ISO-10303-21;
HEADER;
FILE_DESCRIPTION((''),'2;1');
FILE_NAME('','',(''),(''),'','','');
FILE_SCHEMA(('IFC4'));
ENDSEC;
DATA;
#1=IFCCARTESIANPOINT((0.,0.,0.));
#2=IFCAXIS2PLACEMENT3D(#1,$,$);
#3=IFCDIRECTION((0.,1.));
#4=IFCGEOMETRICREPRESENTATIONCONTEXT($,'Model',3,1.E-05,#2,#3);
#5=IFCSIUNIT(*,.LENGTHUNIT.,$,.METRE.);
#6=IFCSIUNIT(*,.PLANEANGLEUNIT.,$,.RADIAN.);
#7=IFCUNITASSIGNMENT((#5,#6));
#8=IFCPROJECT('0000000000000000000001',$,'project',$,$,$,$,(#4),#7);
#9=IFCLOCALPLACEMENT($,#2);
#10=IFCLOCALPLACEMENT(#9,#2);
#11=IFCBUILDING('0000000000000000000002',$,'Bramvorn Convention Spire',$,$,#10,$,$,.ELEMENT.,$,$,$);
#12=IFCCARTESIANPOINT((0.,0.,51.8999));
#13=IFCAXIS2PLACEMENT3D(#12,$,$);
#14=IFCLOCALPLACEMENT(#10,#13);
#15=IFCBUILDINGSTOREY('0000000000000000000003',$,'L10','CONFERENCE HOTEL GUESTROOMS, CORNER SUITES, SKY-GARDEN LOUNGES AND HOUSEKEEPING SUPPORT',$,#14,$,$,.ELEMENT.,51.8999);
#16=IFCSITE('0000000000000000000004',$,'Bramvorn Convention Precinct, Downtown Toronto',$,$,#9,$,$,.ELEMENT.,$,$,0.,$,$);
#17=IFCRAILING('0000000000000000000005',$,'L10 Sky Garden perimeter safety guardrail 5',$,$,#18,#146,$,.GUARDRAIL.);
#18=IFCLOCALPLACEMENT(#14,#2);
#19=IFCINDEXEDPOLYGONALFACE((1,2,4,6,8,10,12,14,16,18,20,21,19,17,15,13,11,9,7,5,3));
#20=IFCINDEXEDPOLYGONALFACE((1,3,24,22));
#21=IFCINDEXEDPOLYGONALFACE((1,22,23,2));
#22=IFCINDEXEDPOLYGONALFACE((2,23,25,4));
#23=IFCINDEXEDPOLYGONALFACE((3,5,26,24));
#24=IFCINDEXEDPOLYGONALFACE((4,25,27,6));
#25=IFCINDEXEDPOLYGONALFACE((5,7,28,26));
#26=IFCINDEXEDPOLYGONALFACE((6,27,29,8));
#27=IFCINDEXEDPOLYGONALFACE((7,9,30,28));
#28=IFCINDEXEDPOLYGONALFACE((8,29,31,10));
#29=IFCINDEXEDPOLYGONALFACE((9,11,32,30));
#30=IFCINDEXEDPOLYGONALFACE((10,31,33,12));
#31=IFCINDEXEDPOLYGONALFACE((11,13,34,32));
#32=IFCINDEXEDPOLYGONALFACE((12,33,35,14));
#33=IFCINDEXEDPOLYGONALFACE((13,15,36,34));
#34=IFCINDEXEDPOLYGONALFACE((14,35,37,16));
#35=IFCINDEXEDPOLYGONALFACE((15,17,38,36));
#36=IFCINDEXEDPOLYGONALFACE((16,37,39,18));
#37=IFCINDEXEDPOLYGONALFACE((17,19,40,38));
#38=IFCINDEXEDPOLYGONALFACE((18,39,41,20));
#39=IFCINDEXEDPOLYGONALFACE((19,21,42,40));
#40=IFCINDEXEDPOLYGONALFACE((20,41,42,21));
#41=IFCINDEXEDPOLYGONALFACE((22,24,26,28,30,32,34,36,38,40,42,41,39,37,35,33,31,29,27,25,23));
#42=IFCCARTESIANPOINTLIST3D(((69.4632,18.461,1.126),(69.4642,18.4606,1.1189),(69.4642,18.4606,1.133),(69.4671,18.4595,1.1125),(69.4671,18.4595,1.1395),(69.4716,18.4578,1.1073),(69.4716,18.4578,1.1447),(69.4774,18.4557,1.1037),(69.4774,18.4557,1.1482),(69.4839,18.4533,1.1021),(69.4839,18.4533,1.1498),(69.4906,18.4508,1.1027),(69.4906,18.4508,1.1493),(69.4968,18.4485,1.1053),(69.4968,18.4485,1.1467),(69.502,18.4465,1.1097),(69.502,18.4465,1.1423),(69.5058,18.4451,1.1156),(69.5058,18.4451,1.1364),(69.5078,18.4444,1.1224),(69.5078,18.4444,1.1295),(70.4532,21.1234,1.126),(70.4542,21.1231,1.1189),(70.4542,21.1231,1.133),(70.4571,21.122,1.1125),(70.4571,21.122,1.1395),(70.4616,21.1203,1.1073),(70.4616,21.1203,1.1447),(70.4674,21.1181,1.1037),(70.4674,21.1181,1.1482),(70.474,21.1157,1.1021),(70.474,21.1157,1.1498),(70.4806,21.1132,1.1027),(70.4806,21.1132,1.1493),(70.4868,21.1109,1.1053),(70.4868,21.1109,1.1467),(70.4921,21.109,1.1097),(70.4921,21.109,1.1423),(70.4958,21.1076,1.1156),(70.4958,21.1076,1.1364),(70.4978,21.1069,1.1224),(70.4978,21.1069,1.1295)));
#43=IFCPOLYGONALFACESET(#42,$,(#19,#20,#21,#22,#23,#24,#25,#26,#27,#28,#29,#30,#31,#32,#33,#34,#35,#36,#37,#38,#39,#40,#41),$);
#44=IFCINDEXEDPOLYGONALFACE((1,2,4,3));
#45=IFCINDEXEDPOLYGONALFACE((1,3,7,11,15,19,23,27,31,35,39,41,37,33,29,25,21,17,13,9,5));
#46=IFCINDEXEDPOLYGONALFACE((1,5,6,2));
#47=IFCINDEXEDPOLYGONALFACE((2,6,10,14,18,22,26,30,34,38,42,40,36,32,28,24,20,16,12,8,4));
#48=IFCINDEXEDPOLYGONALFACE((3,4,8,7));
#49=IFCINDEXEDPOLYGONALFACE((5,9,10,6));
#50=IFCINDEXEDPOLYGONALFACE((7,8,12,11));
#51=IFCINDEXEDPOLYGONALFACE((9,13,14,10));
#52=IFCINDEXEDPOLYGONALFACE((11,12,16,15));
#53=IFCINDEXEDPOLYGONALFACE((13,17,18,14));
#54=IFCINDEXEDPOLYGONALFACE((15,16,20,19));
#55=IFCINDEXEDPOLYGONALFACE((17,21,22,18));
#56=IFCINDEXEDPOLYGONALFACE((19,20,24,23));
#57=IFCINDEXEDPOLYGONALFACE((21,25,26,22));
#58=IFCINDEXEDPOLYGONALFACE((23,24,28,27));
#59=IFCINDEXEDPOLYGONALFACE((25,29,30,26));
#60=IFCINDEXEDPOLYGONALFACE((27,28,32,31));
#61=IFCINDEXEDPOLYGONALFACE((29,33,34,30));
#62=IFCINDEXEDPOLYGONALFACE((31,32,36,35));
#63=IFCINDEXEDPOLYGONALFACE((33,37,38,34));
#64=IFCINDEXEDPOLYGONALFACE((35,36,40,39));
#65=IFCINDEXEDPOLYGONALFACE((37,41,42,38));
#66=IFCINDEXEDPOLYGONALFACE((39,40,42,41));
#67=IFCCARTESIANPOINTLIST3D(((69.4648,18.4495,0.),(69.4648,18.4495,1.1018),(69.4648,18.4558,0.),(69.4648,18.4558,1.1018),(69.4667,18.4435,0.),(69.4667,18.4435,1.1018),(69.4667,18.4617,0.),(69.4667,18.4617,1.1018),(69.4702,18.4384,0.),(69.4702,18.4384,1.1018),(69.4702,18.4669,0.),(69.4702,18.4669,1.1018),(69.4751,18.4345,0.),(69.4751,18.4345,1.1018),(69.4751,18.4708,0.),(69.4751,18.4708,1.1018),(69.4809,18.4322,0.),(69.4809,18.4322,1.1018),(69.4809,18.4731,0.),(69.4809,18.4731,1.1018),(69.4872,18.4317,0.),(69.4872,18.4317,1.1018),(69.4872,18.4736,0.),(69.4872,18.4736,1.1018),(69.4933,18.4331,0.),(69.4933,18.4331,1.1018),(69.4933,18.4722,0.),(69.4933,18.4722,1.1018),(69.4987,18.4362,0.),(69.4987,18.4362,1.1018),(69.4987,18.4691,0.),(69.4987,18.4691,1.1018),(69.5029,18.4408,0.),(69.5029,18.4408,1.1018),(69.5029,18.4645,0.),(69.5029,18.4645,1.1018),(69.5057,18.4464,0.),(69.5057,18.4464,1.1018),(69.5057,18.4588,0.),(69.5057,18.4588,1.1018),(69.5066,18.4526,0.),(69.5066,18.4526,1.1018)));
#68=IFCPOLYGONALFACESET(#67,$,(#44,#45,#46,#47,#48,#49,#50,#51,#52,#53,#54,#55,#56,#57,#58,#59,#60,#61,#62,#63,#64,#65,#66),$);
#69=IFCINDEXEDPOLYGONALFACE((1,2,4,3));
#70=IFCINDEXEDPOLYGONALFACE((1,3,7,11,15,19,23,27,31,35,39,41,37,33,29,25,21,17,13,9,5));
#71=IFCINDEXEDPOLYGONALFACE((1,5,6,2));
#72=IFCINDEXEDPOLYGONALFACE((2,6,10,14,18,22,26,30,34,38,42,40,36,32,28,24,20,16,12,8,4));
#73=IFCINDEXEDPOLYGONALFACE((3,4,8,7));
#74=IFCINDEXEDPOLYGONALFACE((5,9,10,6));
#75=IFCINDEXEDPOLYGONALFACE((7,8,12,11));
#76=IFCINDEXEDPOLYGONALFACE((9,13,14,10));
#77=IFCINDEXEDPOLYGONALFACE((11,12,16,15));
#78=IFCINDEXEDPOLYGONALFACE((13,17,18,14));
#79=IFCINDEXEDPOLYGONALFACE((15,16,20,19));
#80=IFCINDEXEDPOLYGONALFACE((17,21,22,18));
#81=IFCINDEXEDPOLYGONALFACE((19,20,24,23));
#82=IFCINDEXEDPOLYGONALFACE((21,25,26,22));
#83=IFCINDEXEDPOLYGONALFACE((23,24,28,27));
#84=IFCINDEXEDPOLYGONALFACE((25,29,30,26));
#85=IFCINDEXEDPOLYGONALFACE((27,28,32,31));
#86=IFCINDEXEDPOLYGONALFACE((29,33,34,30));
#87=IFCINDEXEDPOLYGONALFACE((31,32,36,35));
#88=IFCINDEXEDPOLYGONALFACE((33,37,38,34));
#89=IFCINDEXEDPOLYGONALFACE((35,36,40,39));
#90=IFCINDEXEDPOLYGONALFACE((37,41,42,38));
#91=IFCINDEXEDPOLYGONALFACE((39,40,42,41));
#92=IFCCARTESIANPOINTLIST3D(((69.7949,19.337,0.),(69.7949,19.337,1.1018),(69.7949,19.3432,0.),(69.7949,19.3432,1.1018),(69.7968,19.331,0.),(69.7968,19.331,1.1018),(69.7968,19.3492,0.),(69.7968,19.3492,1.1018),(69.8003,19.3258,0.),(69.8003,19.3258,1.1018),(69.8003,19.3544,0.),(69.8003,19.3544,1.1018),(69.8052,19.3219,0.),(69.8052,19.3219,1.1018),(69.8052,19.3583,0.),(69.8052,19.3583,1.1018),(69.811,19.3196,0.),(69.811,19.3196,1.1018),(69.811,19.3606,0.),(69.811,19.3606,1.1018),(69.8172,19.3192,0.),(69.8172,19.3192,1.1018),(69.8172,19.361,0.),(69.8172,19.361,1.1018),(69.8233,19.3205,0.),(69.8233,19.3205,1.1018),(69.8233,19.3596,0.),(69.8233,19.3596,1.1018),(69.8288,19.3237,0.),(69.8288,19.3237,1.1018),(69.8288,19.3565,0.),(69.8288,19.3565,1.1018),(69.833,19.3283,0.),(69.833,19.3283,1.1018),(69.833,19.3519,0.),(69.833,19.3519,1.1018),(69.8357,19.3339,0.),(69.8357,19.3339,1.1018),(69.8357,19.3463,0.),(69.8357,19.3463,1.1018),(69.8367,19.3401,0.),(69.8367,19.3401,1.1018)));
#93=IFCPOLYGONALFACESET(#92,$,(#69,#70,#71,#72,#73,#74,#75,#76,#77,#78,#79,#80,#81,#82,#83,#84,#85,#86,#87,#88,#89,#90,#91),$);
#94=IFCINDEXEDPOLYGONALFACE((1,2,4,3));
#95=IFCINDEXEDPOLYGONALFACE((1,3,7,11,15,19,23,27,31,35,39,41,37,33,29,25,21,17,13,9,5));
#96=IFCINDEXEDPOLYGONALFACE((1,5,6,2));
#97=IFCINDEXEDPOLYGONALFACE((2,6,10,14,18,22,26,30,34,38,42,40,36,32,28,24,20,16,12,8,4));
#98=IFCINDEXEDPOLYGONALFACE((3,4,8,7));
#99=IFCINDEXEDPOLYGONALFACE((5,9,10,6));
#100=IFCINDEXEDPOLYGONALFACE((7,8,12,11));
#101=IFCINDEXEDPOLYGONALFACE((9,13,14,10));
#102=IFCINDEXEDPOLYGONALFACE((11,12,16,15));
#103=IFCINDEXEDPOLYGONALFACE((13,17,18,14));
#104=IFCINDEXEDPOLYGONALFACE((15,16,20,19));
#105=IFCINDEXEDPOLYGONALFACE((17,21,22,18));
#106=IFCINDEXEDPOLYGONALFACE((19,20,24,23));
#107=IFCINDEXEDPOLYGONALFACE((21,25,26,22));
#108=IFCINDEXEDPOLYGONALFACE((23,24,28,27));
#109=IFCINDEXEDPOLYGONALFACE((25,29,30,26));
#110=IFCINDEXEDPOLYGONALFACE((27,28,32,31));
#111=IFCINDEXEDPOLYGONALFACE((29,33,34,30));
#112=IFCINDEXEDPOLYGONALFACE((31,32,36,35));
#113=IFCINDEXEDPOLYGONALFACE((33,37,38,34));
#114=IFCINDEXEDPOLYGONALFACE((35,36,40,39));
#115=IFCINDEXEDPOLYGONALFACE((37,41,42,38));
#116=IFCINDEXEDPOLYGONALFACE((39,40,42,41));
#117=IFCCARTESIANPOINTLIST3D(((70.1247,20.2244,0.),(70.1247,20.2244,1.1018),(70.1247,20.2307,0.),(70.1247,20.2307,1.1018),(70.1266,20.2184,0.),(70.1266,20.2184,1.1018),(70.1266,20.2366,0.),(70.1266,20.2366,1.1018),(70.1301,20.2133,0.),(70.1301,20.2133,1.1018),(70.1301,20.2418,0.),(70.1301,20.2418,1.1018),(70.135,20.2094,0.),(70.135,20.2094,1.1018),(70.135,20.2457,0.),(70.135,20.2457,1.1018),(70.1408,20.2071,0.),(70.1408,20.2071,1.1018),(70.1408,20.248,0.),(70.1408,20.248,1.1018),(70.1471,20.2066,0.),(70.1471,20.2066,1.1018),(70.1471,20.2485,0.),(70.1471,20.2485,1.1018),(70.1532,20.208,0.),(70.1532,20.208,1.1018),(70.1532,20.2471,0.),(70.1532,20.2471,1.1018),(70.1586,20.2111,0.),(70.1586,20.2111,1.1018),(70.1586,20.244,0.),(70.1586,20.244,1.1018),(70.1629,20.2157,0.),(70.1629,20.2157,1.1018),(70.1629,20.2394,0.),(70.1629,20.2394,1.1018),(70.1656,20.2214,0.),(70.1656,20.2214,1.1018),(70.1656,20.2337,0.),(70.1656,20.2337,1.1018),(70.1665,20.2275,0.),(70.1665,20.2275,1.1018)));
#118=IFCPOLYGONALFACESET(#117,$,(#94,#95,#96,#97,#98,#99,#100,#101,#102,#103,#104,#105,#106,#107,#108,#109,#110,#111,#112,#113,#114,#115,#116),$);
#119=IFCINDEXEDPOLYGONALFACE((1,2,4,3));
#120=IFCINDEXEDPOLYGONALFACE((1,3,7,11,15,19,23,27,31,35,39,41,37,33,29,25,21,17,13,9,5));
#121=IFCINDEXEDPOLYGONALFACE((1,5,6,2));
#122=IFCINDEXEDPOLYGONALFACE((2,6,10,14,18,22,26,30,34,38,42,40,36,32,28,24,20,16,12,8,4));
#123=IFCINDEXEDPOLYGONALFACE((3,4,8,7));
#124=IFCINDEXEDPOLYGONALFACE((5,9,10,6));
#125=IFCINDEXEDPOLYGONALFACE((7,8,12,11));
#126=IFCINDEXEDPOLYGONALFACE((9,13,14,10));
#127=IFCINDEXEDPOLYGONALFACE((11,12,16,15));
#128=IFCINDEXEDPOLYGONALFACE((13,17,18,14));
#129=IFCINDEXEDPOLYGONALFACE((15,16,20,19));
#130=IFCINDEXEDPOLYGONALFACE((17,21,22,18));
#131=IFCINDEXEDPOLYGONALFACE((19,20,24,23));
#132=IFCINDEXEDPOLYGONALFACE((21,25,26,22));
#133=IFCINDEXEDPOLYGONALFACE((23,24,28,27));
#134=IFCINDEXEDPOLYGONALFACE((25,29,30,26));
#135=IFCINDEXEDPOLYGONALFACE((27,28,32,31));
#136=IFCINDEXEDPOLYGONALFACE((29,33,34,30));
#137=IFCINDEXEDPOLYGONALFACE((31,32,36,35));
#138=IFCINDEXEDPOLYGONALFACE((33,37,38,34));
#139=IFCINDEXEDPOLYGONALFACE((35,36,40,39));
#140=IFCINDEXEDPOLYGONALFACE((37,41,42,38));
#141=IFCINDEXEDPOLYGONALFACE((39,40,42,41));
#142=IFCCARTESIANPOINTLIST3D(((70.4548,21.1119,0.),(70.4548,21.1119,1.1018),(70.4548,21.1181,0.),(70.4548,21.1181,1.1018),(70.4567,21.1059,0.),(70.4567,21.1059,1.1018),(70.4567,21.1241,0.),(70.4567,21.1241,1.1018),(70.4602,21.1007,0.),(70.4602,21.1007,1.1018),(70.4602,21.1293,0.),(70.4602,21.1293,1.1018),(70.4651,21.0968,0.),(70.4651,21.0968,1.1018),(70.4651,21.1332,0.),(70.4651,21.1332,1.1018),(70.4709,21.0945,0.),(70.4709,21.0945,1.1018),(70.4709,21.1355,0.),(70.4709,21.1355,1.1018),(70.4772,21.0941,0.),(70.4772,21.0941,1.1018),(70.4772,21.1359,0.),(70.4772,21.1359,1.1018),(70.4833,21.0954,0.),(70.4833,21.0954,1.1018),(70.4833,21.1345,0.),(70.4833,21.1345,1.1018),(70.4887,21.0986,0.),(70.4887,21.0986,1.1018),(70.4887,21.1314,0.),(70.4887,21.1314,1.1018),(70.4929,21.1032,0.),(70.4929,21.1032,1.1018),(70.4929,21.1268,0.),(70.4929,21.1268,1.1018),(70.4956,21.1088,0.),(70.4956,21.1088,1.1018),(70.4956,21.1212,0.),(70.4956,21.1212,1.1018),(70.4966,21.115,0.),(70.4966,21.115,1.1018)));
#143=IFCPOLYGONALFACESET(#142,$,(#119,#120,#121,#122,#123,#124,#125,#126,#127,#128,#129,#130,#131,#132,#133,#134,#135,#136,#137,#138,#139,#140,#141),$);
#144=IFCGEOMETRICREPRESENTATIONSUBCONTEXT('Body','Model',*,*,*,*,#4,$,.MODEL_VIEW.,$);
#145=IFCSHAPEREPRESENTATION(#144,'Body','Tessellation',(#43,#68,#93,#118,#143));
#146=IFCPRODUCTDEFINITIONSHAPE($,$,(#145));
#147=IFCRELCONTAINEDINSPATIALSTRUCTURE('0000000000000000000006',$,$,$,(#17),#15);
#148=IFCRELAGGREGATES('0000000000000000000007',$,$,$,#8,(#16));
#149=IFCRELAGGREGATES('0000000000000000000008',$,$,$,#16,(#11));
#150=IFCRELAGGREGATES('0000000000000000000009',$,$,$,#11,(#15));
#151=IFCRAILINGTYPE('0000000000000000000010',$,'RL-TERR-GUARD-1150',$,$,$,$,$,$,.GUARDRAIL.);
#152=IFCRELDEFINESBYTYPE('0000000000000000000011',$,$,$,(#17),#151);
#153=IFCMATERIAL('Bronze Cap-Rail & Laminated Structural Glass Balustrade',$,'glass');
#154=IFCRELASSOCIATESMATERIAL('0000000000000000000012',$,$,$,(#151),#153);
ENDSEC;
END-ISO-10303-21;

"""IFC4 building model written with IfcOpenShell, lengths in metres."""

from ifc_helpers import new_model, si_unit, direction, frame, origin, origin_2d, place, context, subcontext, project, spatial, circle, extrude, material, type_object, element, save


model = new_model("IFC4")

# Units and contexts
model_context = context("Model", 3, precision=1e-05, world=origin(), true_north=direction((0.0, 1.0)))
body_context = subcontext(model_context, "Body", "Model", "MODEL_VIEW")
ifc_project = project(units=[si_unit("LENGTHUNIT", "METRE"), si_unit("PLANEANGLEUNIT", "RADIAN")], contexts=[model_context])

# Site, building, storey
site_placement = place(None, origin())
site = spatial("IfcSite", under=ifc_project, at=site_placement, Name="Bramvorn Convention Precinct, Downtown Toronto", CompositionType="ELEMENT", RefElevation=0.0)
building_placement = place(site_placement, origin())
building = spatial("IfcBuilding", under=site, at=building_placement, Name="Bramvorn Convention Spire", CompositionType="ELEMENT")
storey_placement = place(building_placement, frame((0.0, 0.0, 51.8999)))
storey = spatial("IfcBuildingStorey", under=building, at=storey_placement, Name="L10", Description="CONFERENCE HOTEL GUESTROOMS, CORNER SUITES, SKY-GARDEN LOUNGES AND HOUSEKEEPING SUPPORT", CompositionType="ELEMENT", Elevation=51.8999)

# Railing
ifc_material_1 = material(Name="Bronze Cap-Rail & Laminated Structural Glass Balustrade", Category="glass")
railing_type = type_object("IfcRailingType", Name="RL-TERR-GUARD-1150", PredefinedType="GUARDRAIL", material=ifc_material_1)
railing_1_placement = place(storey_placement, frame((69.4856, 18.4526, 0.0)))
element("IfcRailing", 1, at=railing_1_placement, inside=storey, type_object=railing_type, Name="L10 Sky Garden perimeter safety guardrail 5", PredefinedType="GUARDRAIL", context=body_context, shape_type="SweptSolid", body=[
    extrude(circle(Radius=0.0239, at=origin_2d()), frame((0.0, 0.0, 1.126), z_axis=(0.348532, 0.937297, 0.0), x_axis=(-0.937297, 0.348532, 0.0)), (0.0, 0.0, 1.0), 2.8406),
    extrude(circle(Radius=0.021, at=origin_2d()), origin(), (0.0, 0.0, 1.0), 1.1018),
    extrude(circle(Radius=0.021, at=origin_2d()), frame((0.3301, 0.8875, 0.0)), (0.0, 0.0, 1.0), 1.1018),
    extrude(circle(Radius=0.021, at=origin_2d()), frame((0.6599, 1.7749, 0.0)), (0.0, 0.0, 1.0), 1.1018),
    extrude(circle(Radius=0.021, at=origin_2d()), frame((0.99, 2.6624, 0.0)), (0.0, 0.0, 1.0), 1.1018),
])

save(model, "model.ifc")
